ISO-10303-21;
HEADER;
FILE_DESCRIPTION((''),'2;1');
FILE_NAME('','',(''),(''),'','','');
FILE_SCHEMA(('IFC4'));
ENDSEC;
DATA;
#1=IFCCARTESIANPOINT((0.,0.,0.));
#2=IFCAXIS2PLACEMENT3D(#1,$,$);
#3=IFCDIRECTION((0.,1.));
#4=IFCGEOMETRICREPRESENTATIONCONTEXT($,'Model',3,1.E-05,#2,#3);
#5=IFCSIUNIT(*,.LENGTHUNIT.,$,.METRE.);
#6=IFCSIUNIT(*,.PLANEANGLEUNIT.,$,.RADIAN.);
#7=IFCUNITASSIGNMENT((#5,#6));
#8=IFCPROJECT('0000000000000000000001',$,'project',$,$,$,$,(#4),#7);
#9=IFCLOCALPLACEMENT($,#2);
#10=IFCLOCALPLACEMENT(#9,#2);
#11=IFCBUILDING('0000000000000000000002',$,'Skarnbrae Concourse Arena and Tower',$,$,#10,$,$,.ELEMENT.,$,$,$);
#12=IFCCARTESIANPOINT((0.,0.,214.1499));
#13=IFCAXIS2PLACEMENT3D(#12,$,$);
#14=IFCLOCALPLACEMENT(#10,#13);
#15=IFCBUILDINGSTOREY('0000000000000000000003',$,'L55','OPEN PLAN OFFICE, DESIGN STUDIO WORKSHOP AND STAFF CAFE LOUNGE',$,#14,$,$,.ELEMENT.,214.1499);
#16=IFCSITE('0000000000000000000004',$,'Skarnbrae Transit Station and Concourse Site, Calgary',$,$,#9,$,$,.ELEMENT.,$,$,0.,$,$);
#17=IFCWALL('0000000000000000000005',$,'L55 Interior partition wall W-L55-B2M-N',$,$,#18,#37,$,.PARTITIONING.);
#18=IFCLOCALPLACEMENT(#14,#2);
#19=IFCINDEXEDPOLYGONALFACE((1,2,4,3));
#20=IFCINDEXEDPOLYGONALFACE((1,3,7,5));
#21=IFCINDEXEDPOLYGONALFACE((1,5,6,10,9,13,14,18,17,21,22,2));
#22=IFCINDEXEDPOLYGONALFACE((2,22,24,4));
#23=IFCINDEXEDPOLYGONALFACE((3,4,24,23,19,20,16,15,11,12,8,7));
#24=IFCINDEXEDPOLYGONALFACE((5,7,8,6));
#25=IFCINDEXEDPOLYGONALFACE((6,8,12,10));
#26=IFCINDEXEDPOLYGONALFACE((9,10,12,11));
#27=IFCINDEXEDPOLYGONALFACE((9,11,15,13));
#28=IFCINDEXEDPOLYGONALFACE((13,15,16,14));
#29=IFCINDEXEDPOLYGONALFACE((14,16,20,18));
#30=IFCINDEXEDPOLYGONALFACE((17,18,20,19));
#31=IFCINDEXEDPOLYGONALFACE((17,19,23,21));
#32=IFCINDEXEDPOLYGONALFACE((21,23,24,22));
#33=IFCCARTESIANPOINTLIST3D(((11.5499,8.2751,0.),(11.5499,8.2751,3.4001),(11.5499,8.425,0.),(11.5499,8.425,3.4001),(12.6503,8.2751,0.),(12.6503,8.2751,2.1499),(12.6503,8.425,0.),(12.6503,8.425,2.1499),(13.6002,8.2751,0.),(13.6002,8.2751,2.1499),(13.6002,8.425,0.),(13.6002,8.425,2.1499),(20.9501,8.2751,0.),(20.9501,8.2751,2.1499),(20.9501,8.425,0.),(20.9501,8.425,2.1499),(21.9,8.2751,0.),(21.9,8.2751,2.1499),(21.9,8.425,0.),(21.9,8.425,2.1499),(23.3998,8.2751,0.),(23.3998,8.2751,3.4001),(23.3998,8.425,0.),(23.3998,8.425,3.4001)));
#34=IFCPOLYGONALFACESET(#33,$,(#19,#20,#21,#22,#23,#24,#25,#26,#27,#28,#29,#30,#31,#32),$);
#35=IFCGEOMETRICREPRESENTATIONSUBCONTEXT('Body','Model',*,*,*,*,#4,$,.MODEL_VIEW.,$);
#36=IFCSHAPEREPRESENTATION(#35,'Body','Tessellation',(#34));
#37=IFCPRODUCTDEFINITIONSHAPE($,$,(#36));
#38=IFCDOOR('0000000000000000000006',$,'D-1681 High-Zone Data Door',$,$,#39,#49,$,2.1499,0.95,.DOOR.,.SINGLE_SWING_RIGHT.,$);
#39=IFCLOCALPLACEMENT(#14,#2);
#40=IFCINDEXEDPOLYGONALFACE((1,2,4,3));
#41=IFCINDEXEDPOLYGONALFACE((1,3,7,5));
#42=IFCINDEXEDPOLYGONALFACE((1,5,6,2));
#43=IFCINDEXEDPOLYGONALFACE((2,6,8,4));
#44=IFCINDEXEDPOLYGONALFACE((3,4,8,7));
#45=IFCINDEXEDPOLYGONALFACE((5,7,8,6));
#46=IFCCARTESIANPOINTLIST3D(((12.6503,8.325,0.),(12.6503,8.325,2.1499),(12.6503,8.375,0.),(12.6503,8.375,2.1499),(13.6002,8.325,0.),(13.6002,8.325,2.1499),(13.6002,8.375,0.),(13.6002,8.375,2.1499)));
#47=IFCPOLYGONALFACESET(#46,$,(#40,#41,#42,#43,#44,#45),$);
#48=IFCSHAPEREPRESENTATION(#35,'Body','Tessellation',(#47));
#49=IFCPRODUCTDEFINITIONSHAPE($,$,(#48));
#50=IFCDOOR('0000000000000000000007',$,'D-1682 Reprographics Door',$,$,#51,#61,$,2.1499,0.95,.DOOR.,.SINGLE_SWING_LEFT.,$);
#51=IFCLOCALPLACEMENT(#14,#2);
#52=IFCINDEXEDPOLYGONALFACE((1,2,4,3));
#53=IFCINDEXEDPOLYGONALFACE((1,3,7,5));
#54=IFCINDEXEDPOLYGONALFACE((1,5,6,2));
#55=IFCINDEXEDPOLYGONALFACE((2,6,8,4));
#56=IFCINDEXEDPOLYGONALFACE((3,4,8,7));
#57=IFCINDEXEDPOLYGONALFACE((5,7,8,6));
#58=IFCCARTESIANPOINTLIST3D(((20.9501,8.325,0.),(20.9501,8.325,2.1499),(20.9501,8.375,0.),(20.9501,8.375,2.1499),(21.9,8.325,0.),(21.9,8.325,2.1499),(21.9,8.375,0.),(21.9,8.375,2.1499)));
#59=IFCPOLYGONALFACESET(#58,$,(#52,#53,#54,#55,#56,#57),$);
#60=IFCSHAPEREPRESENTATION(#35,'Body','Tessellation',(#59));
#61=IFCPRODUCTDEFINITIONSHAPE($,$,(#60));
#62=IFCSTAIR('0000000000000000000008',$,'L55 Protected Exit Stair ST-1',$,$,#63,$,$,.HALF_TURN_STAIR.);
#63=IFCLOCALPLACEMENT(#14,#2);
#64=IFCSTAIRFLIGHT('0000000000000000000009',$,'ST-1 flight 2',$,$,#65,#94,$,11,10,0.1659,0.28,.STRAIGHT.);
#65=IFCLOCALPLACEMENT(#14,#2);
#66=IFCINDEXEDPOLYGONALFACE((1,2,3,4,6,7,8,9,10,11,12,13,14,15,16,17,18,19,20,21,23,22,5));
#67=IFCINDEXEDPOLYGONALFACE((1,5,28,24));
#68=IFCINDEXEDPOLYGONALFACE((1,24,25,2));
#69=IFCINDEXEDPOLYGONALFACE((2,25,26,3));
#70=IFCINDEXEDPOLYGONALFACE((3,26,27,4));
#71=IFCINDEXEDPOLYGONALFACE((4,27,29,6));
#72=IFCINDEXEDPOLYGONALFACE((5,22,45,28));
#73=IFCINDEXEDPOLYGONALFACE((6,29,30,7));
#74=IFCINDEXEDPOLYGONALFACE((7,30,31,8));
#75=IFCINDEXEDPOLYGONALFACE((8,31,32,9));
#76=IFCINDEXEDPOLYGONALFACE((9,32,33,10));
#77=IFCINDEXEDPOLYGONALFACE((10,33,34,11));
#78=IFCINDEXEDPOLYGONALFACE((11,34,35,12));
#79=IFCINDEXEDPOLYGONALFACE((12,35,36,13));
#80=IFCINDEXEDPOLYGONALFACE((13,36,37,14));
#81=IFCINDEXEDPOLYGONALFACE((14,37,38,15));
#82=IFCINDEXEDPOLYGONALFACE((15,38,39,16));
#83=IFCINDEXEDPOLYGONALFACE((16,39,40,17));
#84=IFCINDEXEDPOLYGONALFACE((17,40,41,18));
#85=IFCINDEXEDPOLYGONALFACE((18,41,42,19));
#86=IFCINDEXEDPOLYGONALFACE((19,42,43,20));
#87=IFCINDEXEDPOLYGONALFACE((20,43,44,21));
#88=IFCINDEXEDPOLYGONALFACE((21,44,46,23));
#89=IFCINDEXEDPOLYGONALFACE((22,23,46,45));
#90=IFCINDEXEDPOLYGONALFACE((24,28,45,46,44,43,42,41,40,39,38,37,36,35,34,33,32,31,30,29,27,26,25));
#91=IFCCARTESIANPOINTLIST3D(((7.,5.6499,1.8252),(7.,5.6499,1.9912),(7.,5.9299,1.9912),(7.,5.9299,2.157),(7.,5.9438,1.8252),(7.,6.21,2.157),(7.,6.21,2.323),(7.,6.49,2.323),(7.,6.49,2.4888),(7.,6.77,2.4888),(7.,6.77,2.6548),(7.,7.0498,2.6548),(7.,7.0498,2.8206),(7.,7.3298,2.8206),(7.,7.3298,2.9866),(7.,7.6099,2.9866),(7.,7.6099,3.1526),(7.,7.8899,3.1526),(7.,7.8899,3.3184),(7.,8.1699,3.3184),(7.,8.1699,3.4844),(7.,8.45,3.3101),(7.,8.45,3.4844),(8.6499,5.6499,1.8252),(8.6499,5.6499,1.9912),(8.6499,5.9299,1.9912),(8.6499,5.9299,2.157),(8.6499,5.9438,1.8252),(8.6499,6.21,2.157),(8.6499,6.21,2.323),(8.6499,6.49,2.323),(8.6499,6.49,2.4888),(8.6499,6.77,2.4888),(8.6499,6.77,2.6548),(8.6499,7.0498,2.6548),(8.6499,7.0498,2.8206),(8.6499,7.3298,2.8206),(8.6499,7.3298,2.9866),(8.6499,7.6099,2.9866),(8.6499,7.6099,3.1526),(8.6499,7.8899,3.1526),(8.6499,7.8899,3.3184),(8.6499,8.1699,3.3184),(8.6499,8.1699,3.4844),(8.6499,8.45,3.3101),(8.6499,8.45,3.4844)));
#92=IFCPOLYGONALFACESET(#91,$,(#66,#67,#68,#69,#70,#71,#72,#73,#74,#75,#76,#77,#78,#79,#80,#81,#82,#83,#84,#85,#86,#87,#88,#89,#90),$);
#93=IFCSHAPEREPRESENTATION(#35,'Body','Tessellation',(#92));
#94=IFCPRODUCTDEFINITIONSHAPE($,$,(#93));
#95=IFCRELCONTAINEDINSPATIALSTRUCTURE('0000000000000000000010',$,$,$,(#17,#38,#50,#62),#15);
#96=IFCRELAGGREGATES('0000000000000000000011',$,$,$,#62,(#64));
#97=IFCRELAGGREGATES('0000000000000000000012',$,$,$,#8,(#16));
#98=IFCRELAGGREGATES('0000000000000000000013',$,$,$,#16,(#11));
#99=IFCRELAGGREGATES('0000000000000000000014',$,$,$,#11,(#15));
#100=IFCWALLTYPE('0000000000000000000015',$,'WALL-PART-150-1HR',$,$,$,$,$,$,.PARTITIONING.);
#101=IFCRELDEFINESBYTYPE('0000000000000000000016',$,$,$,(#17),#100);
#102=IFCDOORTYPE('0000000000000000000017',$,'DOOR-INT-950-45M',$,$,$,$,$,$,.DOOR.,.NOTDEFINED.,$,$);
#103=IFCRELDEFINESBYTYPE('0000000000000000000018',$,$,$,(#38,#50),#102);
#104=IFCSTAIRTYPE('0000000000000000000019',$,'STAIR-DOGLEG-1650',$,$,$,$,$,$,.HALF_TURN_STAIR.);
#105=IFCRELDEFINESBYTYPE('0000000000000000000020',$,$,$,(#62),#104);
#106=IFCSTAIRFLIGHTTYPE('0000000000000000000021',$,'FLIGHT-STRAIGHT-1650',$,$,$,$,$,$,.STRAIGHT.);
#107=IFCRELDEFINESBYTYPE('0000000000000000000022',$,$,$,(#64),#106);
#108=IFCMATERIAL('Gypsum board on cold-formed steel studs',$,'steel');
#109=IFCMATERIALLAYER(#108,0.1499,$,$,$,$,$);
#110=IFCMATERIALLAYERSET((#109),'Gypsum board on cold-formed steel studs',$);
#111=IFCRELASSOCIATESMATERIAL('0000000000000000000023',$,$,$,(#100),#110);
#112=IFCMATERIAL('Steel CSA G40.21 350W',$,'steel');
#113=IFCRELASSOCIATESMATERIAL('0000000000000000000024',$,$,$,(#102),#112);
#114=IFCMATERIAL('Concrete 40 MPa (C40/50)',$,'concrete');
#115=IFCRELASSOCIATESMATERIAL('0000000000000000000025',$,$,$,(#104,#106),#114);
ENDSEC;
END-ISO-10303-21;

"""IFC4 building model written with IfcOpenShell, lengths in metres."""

from ifc_helpers import new_model, si_unit, direction, frame, frame_2d, origin, place, context, subcontext, project, spatial, polyline, rectangle, outline, extrude, source, transform, mapped, material, layer, layer_set, type_object, element, fill, aggregate, save


model = new_model("IFC4")

# Units and contexts
model_context = context("Model", 3, precision=1e-05, world=origin(), true_north=direction((0.0, 1.0)))
body_context = subcontext(model_context, "Body", "Model", "MODEL_VIEW")
ifc_project = project(units=[si_unit("LENGTHUNIT", "METRE"), si_unit("PLANEANGLEUNIT", "RADIAN")], contexts=[model_context])

# Site, building, storey
site_placement = place(None, origin())
site = spatial("IfcSite", under=ifc_project, at=site_placement, Name="Skarnbrae Transit Station and Concourse Site, Calgary", CompositionType="ELEMENT", RefElevation=0.0)
building_placement = place(site_placement, origin())
building = spatial("IfcBuilding", under=site, at=building_placement, Name="Skarnbrae Concourse Arena and Tower", CompositionType="ELEMENT")
storey_placement = place(building_placement, frame((0.0, 0.0, 214.1499)))
storey = spatial("IfcBuildingStorey", under=building, at=storey_placement, Name="L55", Description="OPEN PLAN OFFICE, DESIGN STUDIO WORKSHOP AND STAFF CAFE LOUNGE", CompositionType="ELEMENT", Elevation=214.1499)

# Shared definitions
ifc_material_1 = material(Name="Gypsum board on cold-formed steel studs", Category="steel")
ifc_material_2 = material(Name="Steel CSA G40.21 350W", Category="steel")

# Shared definitions
ifc_layer_1 = layer(ifc_material_1, 0.1499)
ifc_layer_set_1 = layer_set([ifc_layer_1], Name="Gypsum board on cold-formed steel studs")
wall_type_1 = type_object("IfcWallType", Name="WALL-PART-150-1HR", PredefinedType="PARTITIONING", material=ifc_layer_set_1)

# Shared definitions
door_type_1 = type_object("IfcDoorType", Name="DOOR-INT-950-45M", OperationType="NOTDEFINED", PredefinedType="DOOR", material=ifc_material_2)
shared_shape_1 = source(origin(), body_context, "Body", "SweptSolid", [
    extrude(rectangle(XDim=0.95, YDim=2.1499, at=frame_2d((0.4751, 1.075))), frame((0.0, 0.0249, 0.0), z_axis=(0.0, -1.0, 0.0), x_axis=(1.0, 0.0, 0.0)), (0.0, 0.0, 1.0), 0.05),
])

# Shared definitions
shared_shape_2 = source(origin(), body_context, "Body", "SweptSolid", [
    extrude(rectangle(XDim=11.8499, YDim=0.1499, at=frame_2d((5.9248, 0.0))), origin(), (0.0, 0.0, 1.0), 3.4001),
])

# Wall, openings, doors
wall_1_placement = place(storey_placement, frame((11.55, 8.3501, 0.0), z_axis=(0.0, 0.0, 1.0), x_axis=(1.0, 0.0, 0.0)))
wall_1 = element("IfcWall", 1, at=wall_1_placement, inside=storey, type_object=wall_type_1, Name="L55 Interior partition wall W-L55-B2M-N", PredefinedType="PARTITIONING", context=body_context, shape_type="MappedRepresentation", body=[
    mapped(shared_shape_2, transform((0.0, 0.0, 0.0))),
])
opening_1_placement = place(wall_1_placement, frame((1.1001, 0.0, 0.0)))
opening_1 = element("IfcOpeningElement", 2, at=opening_1_placement, cuts=wall_1, PredefinedType="OPENING", context=body_context, shape_type="SweptSolid", body=[
    extrude(rectangle(XDim=0.95, YDim=2.1499, at=frame_2d((0.4751, 1.075))), frame((0.0, 0.085, 0.0), z_axis=(0.0, -1.0, 0.0), x_axis=(1.0, 0.0, 0.0)), (0.0, 0.0, 1.0), 0.1699),
])
opening_2_placement = place(wall_1_placement, frame((9.3999, 0.0, 0.0)))
opening_2 = element("IfcOpeningElement", 3, at=opening_2_placement, cuts=wall_1, PredefinedType="OPENING", context=body_context, shape_type="SweptSolid", body=[
    extrude(rectangle(XDim=0.95, YDim=2.1499, at=frame_2d((0.4751, 1.075))), frame((0.0, 0.085, 0.0), z_axis=(0.0, -1.0, 0.0), x_axis=(1.0, 0.0, 0.0)), (0.0, 0.0, 1.0), 0.1699),
])
door_1_placement = place(opening_1_placement, origin())
door_1 = element("IfcDoor", 4, at=door_1_placement, inside=storey, type_object=door_type_1, Name="D-1681 High-Zone Data Door", OperationType="SINGLE_SWING_RIGHT", OverallHeight=2.1499, OverallWidth=0.95, PredefinedType="DOOR", context=body_context, shape_type="MappedRepresentation", body=[
    mapped(shared_shape_1, transform((0.0, 0.0, 0.0))),
])
fill(opening_1, door_1)
door_2_placement = place(opening_2_placement, origin())
door_2 = element("IfcDoor", 5, at=door_2_placement, inside=storey, type_object=door_type_1, Name="D-1682 Reprographics Door", OperationType="SINGLE_SWING_LEFT", OverallHeight=2.1499, OverallWidth=0.95, PredefinedType="DOOR", context=body_context, shape_type="MappedRepresentation", body=[
    mapped(shared_shape_1, transform((0.0, 0.0, 0.0))),
])
fill(opening_2, door_2)

# Stair, stair flight
ifc_material_3 = material(Name="Concrete 40 MPa (C40/50)", Category="concrete")
stair_type = type_object("IfcStairType", Name="STAIR-DOGLEG-1650", PredefinedType="HALF_TURN_STAIR", material=ifc_material_3)
stair_placement = place(storey_placement, origin())
stair = element("IfcStair", 6, at=stair_placement, inside=storey, type_object=stair_type, Name="L55 Protected Exit Stair ST-1", PredefinedType="HALF_TURN_STAIR")
stair_flight_type = type_object("IfcStairFlightType", Name="FLIGHT-STRAIGHT-1650", PredefinedType="STRAIGHT", material=ifc_material_3)
shared_shape_3 = source(origin(), body_context, "Body", "SweptSolid", [
    extrude(outline(polyline([(0.0, 0.0), (0.0, 0.166), (0.28, 0.166), (0.28, 0.3318), (0.5601, 0.3318), (0.5601, 0.4978), (0.8401, 0.4978), (0.8401, 0.6636), (1.1201, 0.6636), (1.1201, 0.8296), (1.3999, 0.8296), (1.3999, 0.9954), (1.6799, 0.9954), (1.6799, 1.1614), (1.96, 1.1614), (1.96, 1.3274), (2.24, 1.3274), (2.24, 1.4932), (2.52, 1.4932), (2.52, 1.6592), (2.8, 1.6592), (2.8, 1.825), (2.8, 1.4849), (0.2939, 0.0), (0.0, 0.0)])), frame((0.0, 0.825, 0.0), z_axis=(0.0, -1.0, 0.0), x_axis=(1.0, 0.0, 0.0)), (0.0, 0.0, 1.0), 1.6499),
])
stair_flight_placement = place(storey_placement, frame((7.825, 5.6499, 1.8252), z_axis=(0.0, 0.0, 1.0), x_axis=(0.0, 1.0, 0.0)))
stair_flight = element("IfcStairFlight", 7, at=stair_flight_placement, type_object=stair_flight_type, Name="ST-1 flight 2", NumberOfRisers=11, NumberOfTreads=10, PredefinedType="STRAIGHT", RiserHeight=0.1659, TreadLength=0.28, context=body_context, shape_type="MappedRepresentation", body=[
    mapped(shared_shape_3, transform((0.0, 0.0, 0.0))),
])
aggregate(stair, [stair_flight])

save(model, "model.ifc")
